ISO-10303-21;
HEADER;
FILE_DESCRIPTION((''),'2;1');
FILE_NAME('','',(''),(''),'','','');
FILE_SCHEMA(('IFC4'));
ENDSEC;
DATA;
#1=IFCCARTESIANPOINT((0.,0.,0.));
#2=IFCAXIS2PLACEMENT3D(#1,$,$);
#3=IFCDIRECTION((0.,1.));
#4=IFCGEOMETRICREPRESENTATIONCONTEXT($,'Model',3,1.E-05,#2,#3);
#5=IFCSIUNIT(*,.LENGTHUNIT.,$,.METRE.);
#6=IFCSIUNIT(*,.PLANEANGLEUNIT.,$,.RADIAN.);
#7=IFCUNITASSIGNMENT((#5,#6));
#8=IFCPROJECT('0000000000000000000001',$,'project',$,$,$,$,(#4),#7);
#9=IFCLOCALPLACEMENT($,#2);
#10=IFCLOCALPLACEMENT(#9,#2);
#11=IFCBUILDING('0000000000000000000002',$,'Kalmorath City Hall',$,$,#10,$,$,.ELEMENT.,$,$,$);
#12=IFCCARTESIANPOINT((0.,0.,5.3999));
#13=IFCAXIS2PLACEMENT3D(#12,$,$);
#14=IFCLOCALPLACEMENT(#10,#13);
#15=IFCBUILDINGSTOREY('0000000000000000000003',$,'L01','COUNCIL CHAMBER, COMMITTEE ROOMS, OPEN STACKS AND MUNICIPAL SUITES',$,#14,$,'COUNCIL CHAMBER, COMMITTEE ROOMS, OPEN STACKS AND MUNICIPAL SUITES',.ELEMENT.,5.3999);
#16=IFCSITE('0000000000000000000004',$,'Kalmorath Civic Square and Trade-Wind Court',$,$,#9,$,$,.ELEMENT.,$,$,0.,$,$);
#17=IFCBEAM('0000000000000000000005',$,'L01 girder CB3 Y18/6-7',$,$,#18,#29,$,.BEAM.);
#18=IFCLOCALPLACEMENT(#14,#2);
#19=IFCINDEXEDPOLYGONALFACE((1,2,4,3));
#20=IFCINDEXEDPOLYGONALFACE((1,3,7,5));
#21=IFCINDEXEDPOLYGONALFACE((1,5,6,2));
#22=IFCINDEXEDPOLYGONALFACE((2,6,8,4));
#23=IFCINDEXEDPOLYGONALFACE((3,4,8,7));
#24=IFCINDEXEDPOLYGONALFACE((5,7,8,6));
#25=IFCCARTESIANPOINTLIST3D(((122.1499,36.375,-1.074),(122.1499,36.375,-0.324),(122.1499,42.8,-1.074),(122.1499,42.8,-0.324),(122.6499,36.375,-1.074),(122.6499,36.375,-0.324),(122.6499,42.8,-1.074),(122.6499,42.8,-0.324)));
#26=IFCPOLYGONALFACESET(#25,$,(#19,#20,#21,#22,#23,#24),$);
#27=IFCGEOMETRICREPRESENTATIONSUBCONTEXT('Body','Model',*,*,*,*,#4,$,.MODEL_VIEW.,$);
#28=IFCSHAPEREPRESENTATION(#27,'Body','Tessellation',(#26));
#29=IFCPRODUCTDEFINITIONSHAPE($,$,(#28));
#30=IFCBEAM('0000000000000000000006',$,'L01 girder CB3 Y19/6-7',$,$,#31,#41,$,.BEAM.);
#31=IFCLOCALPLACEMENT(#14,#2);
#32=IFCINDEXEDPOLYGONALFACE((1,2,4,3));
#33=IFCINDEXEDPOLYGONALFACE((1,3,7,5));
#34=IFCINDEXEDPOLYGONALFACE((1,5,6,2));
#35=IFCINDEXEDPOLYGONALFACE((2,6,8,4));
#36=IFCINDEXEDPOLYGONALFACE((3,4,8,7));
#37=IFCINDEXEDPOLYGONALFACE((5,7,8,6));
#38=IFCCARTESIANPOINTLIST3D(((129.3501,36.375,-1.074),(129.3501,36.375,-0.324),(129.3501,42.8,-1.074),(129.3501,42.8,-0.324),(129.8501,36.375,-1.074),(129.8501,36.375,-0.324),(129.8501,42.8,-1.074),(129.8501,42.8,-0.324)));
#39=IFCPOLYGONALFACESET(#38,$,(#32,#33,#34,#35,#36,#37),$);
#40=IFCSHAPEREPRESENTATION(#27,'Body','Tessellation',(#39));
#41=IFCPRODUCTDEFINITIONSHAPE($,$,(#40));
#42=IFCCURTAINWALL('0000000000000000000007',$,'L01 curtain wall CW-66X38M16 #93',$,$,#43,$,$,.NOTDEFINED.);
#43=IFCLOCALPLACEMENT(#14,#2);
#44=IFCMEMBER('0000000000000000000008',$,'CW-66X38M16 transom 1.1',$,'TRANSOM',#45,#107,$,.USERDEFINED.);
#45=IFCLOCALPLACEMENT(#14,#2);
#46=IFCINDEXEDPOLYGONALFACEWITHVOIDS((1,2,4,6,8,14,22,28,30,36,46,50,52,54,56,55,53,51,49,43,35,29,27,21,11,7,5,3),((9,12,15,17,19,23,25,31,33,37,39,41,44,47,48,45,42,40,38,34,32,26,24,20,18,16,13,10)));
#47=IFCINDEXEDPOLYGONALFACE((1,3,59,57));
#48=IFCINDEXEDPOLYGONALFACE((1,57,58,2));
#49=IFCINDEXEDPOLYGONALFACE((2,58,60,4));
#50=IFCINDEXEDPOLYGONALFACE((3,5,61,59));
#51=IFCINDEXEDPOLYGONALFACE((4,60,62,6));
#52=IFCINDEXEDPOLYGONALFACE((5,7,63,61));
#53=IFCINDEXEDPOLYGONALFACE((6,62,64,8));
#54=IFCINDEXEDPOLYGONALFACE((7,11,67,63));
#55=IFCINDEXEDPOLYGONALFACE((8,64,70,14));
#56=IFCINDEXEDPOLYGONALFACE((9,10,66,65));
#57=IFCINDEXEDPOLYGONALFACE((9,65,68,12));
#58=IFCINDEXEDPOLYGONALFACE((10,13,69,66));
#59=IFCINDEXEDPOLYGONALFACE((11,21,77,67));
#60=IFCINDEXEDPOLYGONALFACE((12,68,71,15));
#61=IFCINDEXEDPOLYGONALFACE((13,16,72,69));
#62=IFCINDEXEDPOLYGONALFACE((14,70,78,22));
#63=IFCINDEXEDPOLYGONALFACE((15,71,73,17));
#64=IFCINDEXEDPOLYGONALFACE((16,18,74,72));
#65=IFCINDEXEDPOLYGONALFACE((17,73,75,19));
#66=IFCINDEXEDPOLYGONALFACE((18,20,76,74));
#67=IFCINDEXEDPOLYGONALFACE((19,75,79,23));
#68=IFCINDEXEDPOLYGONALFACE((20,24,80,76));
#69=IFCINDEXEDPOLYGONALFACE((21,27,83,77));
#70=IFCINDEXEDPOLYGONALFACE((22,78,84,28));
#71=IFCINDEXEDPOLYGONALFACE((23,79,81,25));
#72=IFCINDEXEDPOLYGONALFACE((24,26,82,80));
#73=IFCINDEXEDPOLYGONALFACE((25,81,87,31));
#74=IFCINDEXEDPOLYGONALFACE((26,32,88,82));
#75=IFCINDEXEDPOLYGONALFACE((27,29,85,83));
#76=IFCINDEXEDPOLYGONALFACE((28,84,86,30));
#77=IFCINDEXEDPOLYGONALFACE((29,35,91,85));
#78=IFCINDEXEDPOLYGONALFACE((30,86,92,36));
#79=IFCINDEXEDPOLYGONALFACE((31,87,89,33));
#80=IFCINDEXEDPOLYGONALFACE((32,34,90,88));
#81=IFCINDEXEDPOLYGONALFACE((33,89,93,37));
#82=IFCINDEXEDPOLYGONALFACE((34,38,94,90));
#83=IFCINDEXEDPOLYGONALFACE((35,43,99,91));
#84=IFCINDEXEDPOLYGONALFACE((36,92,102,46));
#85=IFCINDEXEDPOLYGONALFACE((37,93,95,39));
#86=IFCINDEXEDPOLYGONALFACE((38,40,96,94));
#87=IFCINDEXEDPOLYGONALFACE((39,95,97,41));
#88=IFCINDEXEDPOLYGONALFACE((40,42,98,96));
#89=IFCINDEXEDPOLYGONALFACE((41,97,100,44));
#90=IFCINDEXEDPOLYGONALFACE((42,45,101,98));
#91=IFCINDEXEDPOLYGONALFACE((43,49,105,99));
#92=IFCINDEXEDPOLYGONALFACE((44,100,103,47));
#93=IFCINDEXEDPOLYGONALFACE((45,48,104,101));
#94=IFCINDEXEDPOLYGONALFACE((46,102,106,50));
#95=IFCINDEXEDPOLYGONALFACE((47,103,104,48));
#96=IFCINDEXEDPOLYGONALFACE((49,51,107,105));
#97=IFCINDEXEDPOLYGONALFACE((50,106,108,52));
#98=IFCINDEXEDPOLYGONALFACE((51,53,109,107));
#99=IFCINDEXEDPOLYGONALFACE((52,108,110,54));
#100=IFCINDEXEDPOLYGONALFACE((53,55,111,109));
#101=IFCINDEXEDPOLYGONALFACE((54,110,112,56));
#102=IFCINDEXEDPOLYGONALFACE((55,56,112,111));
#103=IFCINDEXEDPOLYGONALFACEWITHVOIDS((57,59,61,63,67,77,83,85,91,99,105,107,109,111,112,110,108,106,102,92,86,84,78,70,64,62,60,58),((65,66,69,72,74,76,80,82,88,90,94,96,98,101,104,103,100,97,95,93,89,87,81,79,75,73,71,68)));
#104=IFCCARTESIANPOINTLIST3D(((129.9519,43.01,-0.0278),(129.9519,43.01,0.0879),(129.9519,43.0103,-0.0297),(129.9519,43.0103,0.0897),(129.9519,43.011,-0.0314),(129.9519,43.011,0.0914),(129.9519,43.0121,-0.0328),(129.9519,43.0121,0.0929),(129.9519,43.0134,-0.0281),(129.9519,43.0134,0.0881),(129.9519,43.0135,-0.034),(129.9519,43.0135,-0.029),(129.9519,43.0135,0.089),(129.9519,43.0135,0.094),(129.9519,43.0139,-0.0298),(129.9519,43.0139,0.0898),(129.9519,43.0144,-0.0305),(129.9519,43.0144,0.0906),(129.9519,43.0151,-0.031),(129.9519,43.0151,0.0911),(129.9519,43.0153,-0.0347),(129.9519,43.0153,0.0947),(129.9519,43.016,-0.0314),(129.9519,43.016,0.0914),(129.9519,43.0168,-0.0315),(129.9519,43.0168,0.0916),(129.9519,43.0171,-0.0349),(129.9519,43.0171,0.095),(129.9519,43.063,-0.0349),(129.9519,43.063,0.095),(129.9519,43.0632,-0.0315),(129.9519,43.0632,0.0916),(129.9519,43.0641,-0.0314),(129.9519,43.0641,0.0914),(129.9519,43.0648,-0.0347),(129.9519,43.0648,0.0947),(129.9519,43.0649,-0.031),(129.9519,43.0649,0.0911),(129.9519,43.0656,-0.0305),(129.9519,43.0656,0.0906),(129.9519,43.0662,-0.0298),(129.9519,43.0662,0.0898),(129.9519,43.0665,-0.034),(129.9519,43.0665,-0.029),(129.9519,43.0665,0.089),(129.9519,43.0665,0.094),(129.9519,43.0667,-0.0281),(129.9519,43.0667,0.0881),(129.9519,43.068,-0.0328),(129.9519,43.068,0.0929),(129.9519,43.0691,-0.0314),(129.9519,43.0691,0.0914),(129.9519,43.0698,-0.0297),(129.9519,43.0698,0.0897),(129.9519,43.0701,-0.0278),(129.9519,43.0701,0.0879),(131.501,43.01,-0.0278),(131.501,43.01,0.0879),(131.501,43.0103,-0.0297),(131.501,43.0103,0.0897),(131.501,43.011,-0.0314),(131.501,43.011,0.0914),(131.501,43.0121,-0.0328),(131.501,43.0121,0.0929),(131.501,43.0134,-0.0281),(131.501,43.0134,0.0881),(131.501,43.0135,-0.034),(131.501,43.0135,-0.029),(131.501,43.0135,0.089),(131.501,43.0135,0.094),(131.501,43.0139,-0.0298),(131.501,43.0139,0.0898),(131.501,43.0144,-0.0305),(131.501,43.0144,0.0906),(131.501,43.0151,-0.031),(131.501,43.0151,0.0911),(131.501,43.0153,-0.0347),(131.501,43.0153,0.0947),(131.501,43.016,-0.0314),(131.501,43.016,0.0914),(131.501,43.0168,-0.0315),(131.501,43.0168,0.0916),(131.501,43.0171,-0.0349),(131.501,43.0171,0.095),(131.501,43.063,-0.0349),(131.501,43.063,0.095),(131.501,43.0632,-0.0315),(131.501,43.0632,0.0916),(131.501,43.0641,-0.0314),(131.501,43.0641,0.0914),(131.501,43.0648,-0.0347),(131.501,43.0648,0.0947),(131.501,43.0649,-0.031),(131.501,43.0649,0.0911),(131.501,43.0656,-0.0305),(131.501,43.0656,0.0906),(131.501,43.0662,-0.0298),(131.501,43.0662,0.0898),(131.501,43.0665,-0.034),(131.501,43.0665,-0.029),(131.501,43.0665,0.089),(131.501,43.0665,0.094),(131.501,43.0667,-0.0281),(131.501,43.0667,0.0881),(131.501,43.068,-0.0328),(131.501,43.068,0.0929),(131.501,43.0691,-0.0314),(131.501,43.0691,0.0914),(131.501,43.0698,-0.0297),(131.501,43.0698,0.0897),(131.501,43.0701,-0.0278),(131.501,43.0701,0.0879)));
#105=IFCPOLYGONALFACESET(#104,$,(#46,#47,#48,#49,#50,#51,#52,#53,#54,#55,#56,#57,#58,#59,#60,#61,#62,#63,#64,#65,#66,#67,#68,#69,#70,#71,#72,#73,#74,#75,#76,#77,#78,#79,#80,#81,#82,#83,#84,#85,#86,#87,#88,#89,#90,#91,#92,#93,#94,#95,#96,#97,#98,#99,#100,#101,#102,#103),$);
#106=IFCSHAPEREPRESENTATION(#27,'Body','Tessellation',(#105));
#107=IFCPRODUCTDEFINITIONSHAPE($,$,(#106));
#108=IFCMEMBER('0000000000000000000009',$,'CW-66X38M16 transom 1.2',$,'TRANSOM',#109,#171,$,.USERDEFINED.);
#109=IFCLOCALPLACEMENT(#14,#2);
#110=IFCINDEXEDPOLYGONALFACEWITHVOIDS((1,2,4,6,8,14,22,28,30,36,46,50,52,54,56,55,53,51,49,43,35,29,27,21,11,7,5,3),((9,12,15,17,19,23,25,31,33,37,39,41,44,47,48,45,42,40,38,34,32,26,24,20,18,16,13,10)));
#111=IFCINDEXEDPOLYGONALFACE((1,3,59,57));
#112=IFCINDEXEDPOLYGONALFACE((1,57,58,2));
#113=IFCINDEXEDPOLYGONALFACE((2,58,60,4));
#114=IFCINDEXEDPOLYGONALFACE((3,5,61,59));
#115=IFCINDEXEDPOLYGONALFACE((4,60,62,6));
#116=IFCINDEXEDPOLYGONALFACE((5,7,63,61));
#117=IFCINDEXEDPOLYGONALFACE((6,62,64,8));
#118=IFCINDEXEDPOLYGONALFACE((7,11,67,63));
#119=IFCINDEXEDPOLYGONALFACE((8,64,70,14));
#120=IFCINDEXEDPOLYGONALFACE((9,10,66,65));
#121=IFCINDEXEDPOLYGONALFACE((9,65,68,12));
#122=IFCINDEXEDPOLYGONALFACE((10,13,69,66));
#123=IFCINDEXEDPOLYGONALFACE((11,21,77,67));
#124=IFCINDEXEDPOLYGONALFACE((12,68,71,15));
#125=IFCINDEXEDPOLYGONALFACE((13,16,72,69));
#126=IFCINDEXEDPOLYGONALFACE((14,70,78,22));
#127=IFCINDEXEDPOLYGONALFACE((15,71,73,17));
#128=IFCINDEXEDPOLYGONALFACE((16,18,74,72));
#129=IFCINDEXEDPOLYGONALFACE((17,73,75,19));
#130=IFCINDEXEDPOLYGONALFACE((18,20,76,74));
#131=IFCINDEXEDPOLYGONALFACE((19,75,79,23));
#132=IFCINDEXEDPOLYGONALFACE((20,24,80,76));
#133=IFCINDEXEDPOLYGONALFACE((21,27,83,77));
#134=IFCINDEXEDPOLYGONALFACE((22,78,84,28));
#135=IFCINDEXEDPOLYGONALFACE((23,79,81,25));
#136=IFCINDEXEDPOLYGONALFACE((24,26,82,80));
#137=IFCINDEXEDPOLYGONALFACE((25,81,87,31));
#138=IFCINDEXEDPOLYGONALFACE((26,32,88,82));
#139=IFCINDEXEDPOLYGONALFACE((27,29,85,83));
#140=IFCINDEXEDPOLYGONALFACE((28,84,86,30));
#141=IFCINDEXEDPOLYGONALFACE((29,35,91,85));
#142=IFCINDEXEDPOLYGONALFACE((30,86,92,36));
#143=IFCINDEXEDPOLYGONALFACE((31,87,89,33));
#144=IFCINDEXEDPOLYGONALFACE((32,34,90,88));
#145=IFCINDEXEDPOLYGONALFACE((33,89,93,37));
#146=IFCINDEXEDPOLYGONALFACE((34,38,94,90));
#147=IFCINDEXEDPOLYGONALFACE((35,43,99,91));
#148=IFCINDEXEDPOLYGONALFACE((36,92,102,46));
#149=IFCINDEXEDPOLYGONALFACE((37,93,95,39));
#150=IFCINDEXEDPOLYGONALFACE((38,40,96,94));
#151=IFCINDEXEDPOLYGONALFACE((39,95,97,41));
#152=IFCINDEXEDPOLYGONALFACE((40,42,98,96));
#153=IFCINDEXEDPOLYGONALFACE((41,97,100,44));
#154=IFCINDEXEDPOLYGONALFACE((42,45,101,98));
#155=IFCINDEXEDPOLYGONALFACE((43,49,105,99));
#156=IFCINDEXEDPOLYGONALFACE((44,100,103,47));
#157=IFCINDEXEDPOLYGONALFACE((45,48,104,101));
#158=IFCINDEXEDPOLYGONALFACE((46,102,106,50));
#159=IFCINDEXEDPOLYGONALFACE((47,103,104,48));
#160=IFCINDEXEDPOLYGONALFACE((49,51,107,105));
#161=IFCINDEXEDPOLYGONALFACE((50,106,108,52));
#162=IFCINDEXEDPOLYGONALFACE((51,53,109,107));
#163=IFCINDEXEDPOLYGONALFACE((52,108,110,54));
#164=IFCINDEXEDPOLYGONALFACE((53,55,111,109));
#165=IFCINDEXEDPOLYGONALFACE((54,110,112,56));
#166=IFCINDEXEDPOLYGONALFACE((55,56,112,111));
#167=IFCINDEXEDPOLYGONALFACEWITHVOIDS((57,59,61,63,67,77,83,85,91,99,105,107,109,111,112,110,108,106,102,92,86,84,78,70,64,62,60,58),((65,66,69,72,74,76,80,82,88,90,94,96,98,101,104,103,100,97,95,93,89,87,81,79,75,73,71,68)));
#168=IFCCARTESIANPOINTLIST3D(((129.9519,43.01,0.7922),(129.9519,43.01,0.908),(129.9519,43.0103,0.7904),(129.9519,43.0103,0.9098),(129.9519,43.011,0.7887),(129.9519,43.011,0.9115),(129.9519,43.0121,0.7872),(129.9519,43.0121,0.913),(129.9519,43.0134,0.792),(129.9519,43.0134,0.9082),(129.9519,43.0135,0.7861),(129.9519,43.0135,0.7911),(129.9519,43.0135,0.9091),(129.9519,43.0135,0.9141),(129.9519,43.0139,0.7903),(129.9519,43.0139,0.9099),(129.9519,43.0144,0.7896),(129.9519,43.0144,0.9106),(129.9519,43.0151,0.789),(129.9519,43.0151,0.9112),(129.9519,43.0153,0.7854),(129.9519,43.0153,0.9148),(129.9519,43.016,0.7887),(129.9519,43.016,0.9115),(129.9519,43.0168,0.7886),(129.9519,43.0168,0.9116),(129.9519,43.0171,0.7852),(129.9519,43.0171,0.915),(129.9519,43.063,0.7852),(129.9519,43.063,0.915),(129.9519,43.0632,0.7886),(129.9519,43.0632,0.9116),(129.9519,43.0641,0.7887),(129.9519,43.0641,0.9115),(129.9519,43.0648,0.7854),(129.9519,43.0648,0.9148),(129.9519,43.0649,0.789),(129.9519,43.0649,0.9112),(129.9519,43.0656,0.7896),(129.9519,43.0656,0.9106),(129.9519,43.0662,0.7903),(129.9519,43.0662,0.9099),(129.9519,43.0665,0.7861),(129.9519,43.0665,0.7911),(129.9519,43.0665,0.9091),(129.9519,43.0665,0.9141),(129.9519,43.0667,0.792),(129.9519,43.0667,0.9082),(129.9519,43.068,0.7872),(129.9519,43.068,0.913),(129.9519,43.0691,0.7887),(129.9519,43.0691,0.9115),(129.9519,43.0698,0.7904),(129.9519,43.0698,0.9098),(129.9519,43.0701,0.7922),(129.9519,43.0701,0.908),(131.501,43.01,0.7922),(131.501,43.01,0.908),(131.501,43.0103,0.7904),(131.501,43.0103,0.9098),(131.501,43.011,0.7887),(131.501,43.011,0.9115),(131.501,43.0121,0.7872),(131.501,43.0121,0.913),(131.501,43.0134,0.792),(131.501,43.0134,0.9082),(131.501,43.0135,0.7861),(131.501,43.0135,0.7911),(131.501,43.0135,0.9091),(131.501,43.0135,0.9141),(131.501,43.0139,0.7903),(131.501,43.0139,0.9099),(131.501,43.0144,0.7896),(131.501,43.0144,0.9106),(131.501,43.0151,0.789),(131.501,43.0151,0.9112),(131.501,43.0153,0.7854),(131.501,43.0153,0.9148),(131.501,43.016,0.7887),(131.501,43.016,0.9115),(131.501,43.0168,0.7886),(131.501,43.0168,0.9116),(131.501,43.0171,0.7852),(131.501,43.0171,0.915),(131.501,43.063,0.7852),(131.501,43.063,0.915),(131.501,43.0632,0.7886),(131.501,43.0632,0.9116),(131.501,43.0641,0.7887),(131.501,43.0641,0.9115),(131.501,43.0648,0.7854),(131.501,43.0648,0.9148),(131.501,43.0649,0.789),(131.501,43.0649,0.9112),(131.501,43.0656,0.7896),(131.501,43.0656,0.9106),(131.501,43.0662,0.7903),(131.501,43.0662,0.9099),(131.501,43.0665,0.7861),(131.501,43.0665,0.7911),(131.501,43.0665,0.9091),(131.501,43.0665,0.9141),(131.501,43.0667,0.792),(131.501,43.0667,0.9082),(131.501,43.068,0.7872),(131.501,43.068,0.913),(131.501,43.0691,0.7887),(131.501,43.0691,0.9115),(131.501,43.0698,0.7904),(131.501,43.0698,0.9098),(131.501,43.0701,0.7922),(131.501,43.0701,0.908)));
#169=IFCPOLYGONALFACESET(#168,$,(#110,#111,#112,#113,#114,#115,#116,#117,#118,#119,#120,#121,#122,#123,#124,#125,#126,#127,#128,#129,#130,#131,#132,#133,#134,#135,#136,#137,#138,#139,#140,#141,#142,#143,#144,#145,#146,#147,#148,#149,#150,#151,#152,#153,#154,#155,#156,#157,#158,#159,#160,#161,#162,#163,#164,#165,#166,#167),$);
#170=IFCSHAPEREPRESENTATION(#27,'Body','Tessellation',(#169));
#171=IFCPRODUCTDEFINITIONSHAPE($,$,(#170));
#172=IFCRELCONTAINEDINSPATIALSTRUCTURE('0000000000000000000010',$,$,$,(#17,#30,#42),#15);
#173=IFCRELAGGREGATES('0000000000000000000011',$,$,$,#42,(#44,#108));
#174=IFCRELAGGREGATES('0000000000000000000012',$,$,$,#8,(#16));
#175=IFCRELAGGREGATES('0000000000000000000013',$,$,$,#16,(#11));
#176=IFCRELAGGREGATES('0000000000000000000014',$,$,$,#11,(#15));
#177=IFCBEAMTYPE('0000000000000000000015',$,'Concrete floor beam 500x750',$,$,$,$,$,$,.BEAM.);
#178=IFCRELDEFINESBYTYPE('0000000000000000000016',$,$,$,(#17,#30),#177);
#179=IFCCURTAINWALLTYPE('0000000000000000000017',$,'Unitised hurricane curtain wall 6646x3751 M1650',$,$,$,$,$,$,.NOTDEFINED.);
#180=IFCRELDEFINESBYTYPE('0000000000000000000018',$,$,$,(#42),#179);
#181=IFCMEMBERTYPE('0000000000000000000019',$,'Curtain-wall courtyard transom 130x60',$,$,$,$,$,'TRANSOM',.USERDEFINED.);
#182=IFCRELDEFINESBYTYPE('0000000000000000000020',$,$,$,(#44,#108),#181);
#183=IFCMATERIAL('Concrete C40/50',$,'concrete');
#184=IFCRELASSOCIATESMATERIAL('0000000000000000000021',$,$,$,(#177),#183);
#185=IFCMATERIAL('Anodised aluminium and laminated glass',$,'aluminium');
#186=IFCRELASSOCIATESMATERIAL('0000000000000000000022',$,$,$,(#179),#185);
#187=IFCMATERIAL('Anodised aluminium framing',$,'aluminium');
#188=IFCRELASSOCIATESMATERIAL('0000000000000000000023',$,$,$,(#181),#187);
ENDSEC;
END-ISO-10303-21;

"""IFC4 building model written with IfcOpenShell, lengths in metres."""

from ifc_helpers import new_model, si_unit, direction, frame, origin, origin_2d, place, context, subcontext, project, spatial, rectangle, hollow_rectangle, extrude, material, material_profile, profile_set, type_object, element, aggregate, save


model = new_model("IFC4")

# Units and contexts
model_context = context("Model", 3, precision=1e-05, world=origin(), true_north=direction((0.0, 1.0)))
body_context = subcontext(model_context, "Body", "Model", "MODEL_VIEW")
ifc_project = project(units=[si_unit("LENGTHUNIT", "METRE"), si_unit("PLANEANGLEUNIT", "RADIAN")], contexts=[model_context])

# Site, building, storey
site_placement = place(None, origin())
site = spatial("IfcSite", under=ifc_project, at=site_placement, Name="Kalmorath Civic Square and Trade-Wind Court", CompositionType="ELEMENT", RefElevation=0.0)
building_placement = place(site_placement, origin())
building = spatial("IfcBuilding", under=site, at=building_placement, Name="Kalmorath City Hall", CompositionType="ELEMENT")
storey_placement = place(building_placement, frame((0.0, 0.0, 5.3999)))
storey = spatial("IfcBuildingStorey", under=building, at=storey_placement, Name="L01", Description="COUNCIL CHAMBER, COMMITTEE ROOMS, OPEN STACKS AND MUNICIPAL SUITES", LongName="COUNCIL CHAMBER, COMMITTEE ROOMS, OPEN STACKS AND MUNICIPAL SUITES", CompositionType="ELEMENT", Elevation=5.3999)

# Beams
ifc_material_1 = material(Name="Concrete C40/50", Category="concrete")
ifc_material_profile_1 = material_profile(ifc_material_1, rectangle(XDim=0.5, YDim=0.75, at=origin_2d()), Name="RC-BM-500X750")
ifc_profile_set_1 = profile_set([ifc_material_profile_1], Name="Concrete C40/50")
beam_type_1 = type_object("IfcBeamType", Name="Concrete floor beam 500x750", PredefinedType="BEAM", material=ifc_profile_set_1)
for number, where, z_axis, x_axis, name in (
    (1, (122.3999, 36.375, -0.699), (0.0, 1.0, 0.0), (-1.0, 0.0, 0.0), "L01 girder CB3 Y18/6-7"),
    (2, (129.6001, 36.375, -0.699), (0.0, 1.0, 0.0), (-1.0, 0.0, 0.0), "L01 girder CB3 Y19/6-7"),
):
    element("IfcBeam", number, at=place(storey_placement, frame(where, z_axis=z_axis, x_axis=x_axis)), inside=storey, type_object=beam_type_1, Name=name, PredefinedType="BEAM", context=body_context, shape_type="SweptSolid", body=[
        extrude(rectangle(XDim=0.5, YDim=0.75, at=origin_2d()), origin(), (0.0, 0.0, 1.0), 6.425),
    ])

# Curtain wall, members
ifc_material_2 = material(Name="Anodised aluminium and laminated glass", Category="aluminium")
curtain_wall_type = type_object("IfcCurtainWallType", Name="Unitised hurricane curtain wall 6646x3751 M1650", PredefinedType="NOTDEFINED", material=ifc_material_2)
curtain_wall_placement = place(storey_placement, origin())
curtain_wall = element("IfcCurtainWall", 3, at=curtain_wall_placement, inside=storey, type_object=curtain_wall_type, Name="L01 curtain wall CW-66X38M16 #93", PredefinedType="NOTDEFINED")
ifc_material_3 = material(Name="Anodised aluminium framing", Category="aluminium")
ifc_material_profile_2 = material_profile(ifc_material_3, hollow_rectangle(XDim=0.0601, YDim=0.1299, WallThickness=0.0034, InnerFilletRadius=0.0034, OuterFilletRadius=0.0071, at=origin_2d()), Name="ALU-TRN-130X60X3.5")
ifc_profile_set_2 = profile_set([ifc_material_profile_2], Name="Anodised aluminium framing")
member_type_1 = type_object("IfcMemberType", Name="Curtain-wall courtyard transom 130x60", ElementType="TRANSOM", PredefinedType="USERDEFINED", material=ifc_profile_set_2)
member_1_placement = place(storey_placement, frame((129.9519, 43.04, 0.03), z_axis=(1.0, 0.0, 0.0), x_axis=(0.0, 1.0, 0.0)))
member_1 = element("IfcMember", 4, at=member_1_placement, type_object=member_type_1, Name="CW-66X38M16 transom 1.1", ObjectType="TRANSOM", PredefinedType="USERDEFINED", context=body_context, shape_type="SweptSolid", body=[
    extrude(hollow_rectangle(XDim=0.0601, YDim=0.1299, WallThickness=0.0034, InnerFilletRadius=0.0034, OuterFilletRadius=0.0071, at=origin_2d()), origin(), (0.0, 0.0, 1.0), 1.5491),
])
member_2_placement = place(storey_placement, frame((129.9519, 43.04, 0.8501), z_axis=(1.0, 0.0, 0.0), x_axis=(0.0, 1.0, 0.0)))
member_2 = element("IfcMember", 5, at=member_2_placement, type_object=member_type_1, Name="CW-66X38M16 transom 1.2", ObjectType="TRANSOM", PredefinedType="USERDEFINED", context=body_context, shape_type="SweptSolid", body=[
    extrude(hollow_rectangle(XDim=0.0601, YDim=0.1299, WallThickness=0.0034, InnerFilletRadius=0.0034, OuterFilletRadius=0.0071, at=origin_2d()), origin(), (0.0, 0.0, 1.0), 1.5491),
])

aggregate(curtain_wall, [member_1, member_2])

save(model, "model.ifc")
